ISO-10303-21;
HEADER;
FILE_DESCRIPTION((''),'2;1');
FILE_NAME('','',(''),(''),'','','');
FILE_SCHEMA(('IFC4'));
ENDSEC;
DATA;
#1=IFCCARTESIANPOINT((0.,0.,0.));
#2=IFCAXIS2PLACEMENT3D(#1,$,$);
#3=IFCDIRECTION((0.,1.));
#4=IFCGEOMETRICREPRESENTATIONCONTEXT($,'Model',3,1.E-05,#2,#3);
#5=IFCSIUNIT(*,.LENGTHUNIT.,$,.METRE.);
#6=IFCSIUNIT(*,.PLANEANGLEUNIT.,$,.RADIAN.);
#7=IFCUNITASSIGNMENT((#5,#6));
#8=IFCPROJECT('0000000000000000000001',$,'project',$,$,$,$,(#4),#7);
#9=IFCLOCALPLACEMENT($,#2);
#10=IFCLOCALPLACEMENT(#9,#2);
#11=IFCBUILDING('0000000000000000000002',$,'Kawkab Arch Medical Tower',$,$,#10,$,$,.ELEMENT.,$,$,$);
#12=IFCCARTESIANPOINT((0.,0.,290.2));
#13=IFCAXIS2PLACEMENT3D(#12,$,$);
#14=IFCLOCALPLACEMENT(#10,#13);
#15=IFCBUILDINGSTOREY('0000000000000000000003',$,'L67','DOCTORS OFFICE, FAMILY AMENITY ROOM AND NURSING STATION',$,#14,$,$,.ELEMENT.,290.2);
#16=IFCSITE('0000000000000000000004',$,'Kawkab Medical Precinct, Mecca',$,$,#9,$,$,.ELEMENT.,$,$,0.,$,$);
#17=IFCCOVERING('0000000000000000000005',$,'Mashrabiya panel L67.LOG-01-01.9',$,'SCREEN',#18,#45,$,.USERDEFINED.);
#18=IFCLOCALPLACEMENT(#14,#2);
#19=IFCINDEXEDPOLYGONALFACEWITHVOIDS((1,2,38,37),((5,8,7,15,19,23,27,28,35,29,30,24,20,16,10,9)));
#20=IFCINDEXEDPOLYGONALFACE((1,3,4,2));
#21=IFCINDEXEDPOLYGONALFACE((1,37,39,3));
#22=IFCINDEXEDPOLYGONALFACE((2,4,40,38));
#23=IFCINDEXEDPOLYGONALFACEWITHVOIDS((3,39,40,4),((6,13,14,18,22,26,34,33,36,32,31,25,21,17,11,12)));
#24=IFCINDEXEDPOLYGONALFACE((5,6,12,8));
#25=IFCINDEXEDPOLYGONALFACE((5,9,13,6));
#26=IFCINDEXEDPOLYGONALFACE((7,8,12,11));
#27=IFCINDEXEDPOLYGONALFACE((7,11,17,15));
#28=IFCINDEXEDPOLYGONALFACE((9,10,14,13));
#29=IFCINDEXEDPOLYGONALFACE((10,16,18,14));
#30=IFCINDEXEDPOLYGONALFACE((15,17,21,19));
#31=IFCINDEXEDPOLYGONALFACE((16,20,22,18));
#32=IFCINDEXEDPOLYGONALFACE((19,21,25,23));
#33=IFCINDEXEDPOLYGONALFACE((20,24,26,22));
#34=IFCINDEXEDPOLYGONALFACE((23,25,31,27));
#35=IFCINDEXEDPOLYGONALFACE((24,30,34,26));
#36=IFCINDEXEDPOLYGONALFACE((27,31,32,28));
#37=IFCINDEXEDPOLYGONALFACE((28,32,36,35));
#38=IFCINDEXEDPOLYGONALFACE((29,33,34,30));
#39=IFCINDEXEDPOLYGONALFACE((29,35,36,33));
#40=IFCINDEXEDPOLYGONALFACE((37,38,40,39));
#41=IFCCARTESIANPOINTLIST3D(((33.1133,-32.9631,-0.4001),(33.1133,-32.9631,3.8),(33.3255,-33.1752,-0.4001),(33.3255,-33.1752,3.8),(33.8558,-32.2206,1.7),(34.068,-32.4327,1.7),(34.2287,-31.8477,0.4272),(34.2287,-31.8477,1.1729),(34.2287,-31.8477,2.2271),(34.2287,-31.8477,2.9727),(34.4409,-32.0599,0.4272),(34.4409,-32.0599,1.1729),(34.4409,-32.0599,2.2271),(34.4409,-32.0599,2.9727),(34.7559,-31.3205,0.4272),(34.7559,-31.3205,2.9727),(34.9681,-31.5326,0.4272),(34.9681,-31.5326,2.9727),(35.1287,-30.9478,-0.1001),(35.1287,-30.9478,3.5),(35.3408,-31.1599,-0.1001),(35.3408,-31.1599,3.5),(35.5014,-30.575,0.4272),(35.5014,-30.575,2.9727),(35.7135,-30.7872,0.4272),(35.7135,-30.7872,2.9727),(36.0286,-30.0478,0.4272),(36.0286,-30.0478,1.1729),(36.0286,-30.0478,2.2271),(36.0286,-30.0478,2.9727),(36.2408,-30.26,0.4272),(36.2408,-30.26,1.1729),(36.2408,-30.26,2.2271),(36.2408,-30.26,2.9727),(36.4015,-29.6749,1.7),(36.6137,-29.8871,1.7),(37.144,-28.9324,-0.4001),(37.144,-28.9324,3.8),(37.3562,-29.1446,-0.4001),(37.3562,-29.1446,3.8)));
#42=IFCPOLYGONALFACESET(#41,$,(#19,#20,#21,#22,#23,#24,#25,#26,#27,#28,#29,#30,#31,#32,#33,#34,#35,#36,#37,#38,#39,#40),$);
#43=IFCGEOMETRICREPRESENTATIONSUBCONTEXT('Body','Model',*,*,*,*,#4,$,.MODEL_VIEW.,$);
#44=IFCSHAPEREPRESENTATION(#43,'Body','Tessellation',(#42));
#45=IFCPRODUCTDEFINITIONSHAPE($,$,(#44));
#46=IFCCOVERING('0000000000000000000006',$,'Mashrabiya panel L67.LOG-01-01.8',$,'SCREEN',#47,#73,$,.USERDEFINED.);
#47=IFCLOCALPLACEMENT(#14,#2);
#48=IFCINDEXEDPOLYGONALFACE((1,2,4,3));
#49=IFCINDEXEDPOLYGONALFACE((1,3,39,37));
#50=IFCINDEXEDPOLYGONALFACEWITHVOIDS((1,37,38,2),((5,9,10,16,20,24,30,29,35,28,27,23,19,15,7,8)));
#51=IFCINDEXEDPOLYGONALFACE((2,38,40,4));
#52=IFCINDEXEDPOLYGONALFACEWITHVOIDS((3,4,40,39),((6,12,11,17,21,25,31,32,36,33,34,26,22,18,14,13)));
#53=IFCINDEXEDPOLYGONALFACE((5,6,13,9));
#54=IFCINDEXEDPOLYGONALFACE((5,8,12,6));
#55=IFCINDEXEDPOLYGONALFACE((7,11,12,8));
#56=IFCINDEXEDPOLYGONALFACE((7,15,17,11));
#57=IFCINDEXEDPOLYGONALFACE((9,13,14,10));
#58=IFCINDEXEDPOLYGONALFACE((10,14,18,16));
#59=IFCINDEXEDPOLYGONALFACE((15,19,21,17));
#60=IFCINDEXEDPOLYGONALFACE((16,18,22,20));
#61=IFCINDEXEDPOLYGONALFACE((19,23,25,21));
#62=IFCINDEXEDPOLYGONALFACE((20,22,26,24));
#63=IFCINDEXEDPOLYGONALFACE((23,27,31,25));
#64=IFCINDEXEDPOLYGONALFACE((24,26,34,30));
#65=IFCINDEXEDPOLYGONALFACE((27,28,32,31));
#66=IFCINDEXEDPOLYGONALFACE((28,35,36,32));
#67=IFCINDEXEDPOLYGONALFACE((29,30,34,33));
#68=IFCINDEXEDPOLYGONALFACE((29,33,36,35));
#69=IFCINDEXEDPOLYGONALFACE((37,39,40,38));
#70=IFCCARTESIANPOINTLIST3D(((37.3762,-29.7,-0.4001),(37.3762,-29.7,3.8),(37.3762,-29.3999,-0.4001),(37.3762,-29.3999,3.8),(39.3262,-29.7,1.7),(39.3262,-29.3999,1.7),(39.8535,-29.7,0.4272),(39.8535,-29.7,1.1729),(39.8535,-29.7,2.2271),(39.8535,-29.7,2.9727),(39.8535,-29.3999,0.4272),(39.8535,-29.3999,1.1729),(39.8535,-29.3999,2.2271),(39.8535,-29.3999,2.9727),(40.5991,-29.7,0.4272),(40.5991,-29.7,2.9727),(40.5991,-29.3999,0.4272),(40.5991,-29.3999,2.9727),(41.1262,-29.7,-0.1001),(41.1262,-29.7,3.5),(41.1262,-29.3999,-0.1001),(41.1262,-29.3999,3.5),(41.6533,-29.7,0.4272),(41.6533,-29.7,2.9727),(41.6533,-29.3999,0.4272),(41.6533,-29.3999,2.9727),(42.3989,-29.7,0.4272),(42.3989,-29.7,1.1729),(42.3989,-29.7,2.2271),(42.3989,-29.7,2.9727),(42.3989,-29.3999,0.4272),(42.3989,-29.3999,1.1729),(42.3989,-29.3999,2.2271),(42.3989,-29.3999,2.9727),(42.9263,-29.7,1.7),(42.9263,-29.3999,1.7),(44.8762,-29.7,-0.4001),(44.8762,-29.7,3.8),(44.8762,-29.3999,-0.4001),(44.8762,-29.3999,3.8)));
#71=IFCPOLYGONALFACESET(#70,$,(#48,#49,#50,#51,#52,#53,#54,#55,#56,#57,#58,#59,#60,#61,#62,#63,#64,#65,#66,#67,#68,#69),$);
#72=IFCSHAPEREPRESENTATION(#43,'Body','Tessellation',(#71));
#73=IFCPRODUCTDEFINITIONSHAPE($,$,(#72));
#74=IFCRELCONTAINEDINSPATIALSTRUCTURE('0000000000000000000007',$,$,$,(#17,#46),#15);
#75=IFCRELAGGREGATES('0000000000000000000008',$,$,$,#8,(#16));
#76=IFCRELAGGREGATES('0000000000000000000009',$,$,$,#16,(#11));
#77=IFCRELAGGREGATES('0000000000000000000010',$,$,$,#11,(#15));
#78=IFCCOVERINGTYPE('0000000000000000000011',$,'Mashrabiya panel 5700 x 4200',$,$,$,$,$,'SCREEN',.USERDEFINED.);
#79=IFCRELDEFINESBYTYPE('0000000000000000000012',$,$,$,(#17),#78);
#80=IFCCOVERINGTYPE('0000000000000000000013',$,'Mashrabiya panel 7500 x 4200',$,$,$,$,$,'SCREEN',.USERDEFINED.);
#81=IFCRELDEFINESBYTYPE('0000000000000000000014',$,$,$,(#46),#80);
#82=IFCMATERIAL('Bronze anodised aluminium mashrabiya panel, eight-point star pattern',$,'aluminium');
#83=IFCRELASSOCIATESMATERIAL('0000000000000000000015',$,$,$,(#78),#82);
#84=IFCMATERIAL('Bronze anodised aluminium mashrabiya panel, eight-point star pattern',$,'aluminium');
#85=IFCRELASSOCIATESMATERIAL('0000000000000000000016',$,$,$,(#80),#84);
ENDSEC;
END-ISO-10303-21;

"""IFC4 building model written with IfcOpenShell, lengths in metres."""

from ifc_helpers import new_model, si_unit, direction, frame, origin, place, context, subcontext, project, spatial, polyline, outline, extrude, material, material_profile, profile_set, type_object, element, save


model = new_model("IFC4")

# Units and contexts
model_context = context("Model", 3, precision=1e-05, world=origin(), true_north=direction((0.0, 1.0)))
body_context = subcontext(model_context, "Body", "Model", "MODEL_VIEW")
ifc_project = project(units=[si_unit("LENGTHUNIT", "METRE"), si_unit("PLANEANGLEUNIT", "RADIAN")], contexts=[model_context])

# Site, building, storey
site_placement = place(None, origin())
site = spatial("IfcSite", under=ifc_project, at=site_placement, Name="Kawkab Medical Precinct, Mecca", CompositionType="ELEMENT", RefElevation=0.0)
building_placement = place(site_placement, origin())
building = spatial("IfcBuilding", under=site, at=building_placement, Name="Kawkab Arch Medical Tower", CompositionType="ELEMENT")
storey_placement = place(building_placement, frame((0.0, 0.0, 290.2)))
storey = spatial("IfcBuildingStorey", under=building, at=storey_placement, Name="L67", Description="DOCTORS OFFICE, FAMILY AMENITY ROOM AND NURSING STATION", CompositionType="ELEMENT", Elevation=290.2)

# Coverings
ifc_material_1 = material(Name="Bronze anodised aluminium mashrabiya panel, eight-point star pattern", Category="aluminium")
ifc_material_profile_1 = material_profile(ifc_material_1, outline(polyline([(-2.8501, -2.1001), (2.8501, -2.1001), (2.8501, 2.1001), (-2.8501, 2.1001), (-2.8501, -2.1001)]), holes=[polyline([(1.8, 0.0), (1.2727, 0.5271), (1.2727, 1.2727), (0.5271, 1.2727), (0.0, 1.8), (-0.5271, 1.2727), (-1.2727, 1.2727), (-1.2727, 0.5271), (-1.8, 0.0), (-1.2727, -0.5271), (-1.2727, -1.2727), (-0.5271, -1.2727), (0.0, -1.8), (0.5271, -1.2727), (1.2727, -1.2727), (1.2727, -0.5271), (1.8, 0.0)])]), Name="Mashrabiya panel 5700x4200")
ifc_profile_set_1 = profile_set([ifc_material_profile_1], Name="Bronze anodised aluminium mashrabiya panel, eight-point star pattern")
covering_type_1 = type_object("IfcCoveringType", Name="Mashrabiya panel 5700 x 4200", ElementType="SCREEN", PredefinedType="USERDEFINED", material=ifc_profile_set_1)
covering_1_placement = place(storey_placement, frame((35.1287, -30.9478, 1.7), z_axis=(0.707107, -0.707107, 0.0), x_axis=(0.707107, 0.707107, 0.0)))
element("IfcCovering", 1, at=covering_1_placement, inside=storey, type_object=covering_type_1, Name="Mashrabiya panel L67.LOG-01-01.9", ObjectType="SCREEN", PredefinedType="USERDEFINED", context=body_context, shape_type="SweptSolid", body=[
    extrude(outline(polyline([(-2.8501, -2.1001), (2.8501, -2.1001), (2.8501, 2.1001), (-2.8501, 2.1001), (-2.8501, -2.1001)]), holes=[polyline([(1.8, 0.0), (1.2727, 0.5271), (1.2727, 1.2727), (0.5271, 1.2727), (0.0, 1.8), (-0.5271, 1.2727), (-1.2727, 1.2727), (-1.2727, 0.5271), (-1.8, 0.0), (-1.2727, -0.5271), (-1.2727, -1.2727), (-0.5271, -1.2727), (0.0, -1.8), (0.5271, -1.2727), (1.2727, -1.2727), (1.2727, -0.5271), (1.8, 0.0)])]), origin(), (0.0, 0.0, 1.0), 0.3),
])
ifc_material_2 = material(Name="Bronze anodised aluminium mashrabiya panel, eight-point star pattern", Category="aluminium")
ifc_material_profile_2 = material_profile(ifc_material_2, outline(polyline([(-3.75, -2.1001), (3.75, -2.1001), (3.75, 2.1001), (-3.75, 2.1001), (-3.75, -2.1001)]), holes=[polyline([(1.8, 0.0), (1.2727, 0.5271), (1.2727, 1.2727), (0.5271, 1.2727), (0.0, 1.8), (-0.5271, 1.2727), (-1.2727, 1.2727), (-1.2727, 0.5271), (-1.8, 0.0), (-1.2727, -0.5271), (-1.2727, -1.2727), (-0.5271, -1.2727), (0.0, -1.8), (0.5271, -1.2727), (1.2727, -1.2727), (1.2727, -0.5271), (1.8, 0.0)])]), Name="Mashrabiya panel 7500x4200")
ifc_profile_set_2 = profile_set([ifc_material_profile_2], Name="Bronze anodised aluminium mashrabiya panel, eight-point star pattern")
covering_type_2 = type_object("IfcCoveringType", Name="Mashrabiya panel 7500 x 4200", ElementType="SCREEN", PredefinedType="USERDEFINED", material=ifc_profile_set_2)
covering_2_placement = place(storey_placement, frame((41.1262, -29.3999, 1.7), z_axis=(0.0, -1.0, 0.0), x_axis=(1.0, 0.0, 0.0)))
element("IfcCovering", 2, at=covering_2_placement, inside=storey, type_object=covering_type_2, Name="Mashrabiya panel L67.LOG-01-01.8", ObjectType="SCREEN", PredefinedType="USERDEFINED", context=body_context, shape_type="SweptSolid", body=[
    extrude(outline(polyline([(-3.75, -2.1001), (3.75, -2.1001), (3.75, 2.1001), (-3.75, 2.1001), (-3.75, -2.1001)]), holes=[polyline([(1.8, 0.0), (1.2727, 0.5271), (1.2727, 1.2727), (0.5271, 1.2727), (0.0, 1.8), (-0.5271, 1.2727), (-1.2727, 1.2727), (-1.2727, 0.5271), (-1.8, 0.0), (-1.2727, -0.5271), (-1.2727, -1.2727), (-0.5271, -1.2727), (0.0, -1.8), (0.5271, -1.2727), (1.2727, -1.2727), (1.2727, -0.5271), (1.8, 0.0)])]), origin(), (0.0, 0.0, 1.0), 0.3),
])

save(model, "model.ifc")
